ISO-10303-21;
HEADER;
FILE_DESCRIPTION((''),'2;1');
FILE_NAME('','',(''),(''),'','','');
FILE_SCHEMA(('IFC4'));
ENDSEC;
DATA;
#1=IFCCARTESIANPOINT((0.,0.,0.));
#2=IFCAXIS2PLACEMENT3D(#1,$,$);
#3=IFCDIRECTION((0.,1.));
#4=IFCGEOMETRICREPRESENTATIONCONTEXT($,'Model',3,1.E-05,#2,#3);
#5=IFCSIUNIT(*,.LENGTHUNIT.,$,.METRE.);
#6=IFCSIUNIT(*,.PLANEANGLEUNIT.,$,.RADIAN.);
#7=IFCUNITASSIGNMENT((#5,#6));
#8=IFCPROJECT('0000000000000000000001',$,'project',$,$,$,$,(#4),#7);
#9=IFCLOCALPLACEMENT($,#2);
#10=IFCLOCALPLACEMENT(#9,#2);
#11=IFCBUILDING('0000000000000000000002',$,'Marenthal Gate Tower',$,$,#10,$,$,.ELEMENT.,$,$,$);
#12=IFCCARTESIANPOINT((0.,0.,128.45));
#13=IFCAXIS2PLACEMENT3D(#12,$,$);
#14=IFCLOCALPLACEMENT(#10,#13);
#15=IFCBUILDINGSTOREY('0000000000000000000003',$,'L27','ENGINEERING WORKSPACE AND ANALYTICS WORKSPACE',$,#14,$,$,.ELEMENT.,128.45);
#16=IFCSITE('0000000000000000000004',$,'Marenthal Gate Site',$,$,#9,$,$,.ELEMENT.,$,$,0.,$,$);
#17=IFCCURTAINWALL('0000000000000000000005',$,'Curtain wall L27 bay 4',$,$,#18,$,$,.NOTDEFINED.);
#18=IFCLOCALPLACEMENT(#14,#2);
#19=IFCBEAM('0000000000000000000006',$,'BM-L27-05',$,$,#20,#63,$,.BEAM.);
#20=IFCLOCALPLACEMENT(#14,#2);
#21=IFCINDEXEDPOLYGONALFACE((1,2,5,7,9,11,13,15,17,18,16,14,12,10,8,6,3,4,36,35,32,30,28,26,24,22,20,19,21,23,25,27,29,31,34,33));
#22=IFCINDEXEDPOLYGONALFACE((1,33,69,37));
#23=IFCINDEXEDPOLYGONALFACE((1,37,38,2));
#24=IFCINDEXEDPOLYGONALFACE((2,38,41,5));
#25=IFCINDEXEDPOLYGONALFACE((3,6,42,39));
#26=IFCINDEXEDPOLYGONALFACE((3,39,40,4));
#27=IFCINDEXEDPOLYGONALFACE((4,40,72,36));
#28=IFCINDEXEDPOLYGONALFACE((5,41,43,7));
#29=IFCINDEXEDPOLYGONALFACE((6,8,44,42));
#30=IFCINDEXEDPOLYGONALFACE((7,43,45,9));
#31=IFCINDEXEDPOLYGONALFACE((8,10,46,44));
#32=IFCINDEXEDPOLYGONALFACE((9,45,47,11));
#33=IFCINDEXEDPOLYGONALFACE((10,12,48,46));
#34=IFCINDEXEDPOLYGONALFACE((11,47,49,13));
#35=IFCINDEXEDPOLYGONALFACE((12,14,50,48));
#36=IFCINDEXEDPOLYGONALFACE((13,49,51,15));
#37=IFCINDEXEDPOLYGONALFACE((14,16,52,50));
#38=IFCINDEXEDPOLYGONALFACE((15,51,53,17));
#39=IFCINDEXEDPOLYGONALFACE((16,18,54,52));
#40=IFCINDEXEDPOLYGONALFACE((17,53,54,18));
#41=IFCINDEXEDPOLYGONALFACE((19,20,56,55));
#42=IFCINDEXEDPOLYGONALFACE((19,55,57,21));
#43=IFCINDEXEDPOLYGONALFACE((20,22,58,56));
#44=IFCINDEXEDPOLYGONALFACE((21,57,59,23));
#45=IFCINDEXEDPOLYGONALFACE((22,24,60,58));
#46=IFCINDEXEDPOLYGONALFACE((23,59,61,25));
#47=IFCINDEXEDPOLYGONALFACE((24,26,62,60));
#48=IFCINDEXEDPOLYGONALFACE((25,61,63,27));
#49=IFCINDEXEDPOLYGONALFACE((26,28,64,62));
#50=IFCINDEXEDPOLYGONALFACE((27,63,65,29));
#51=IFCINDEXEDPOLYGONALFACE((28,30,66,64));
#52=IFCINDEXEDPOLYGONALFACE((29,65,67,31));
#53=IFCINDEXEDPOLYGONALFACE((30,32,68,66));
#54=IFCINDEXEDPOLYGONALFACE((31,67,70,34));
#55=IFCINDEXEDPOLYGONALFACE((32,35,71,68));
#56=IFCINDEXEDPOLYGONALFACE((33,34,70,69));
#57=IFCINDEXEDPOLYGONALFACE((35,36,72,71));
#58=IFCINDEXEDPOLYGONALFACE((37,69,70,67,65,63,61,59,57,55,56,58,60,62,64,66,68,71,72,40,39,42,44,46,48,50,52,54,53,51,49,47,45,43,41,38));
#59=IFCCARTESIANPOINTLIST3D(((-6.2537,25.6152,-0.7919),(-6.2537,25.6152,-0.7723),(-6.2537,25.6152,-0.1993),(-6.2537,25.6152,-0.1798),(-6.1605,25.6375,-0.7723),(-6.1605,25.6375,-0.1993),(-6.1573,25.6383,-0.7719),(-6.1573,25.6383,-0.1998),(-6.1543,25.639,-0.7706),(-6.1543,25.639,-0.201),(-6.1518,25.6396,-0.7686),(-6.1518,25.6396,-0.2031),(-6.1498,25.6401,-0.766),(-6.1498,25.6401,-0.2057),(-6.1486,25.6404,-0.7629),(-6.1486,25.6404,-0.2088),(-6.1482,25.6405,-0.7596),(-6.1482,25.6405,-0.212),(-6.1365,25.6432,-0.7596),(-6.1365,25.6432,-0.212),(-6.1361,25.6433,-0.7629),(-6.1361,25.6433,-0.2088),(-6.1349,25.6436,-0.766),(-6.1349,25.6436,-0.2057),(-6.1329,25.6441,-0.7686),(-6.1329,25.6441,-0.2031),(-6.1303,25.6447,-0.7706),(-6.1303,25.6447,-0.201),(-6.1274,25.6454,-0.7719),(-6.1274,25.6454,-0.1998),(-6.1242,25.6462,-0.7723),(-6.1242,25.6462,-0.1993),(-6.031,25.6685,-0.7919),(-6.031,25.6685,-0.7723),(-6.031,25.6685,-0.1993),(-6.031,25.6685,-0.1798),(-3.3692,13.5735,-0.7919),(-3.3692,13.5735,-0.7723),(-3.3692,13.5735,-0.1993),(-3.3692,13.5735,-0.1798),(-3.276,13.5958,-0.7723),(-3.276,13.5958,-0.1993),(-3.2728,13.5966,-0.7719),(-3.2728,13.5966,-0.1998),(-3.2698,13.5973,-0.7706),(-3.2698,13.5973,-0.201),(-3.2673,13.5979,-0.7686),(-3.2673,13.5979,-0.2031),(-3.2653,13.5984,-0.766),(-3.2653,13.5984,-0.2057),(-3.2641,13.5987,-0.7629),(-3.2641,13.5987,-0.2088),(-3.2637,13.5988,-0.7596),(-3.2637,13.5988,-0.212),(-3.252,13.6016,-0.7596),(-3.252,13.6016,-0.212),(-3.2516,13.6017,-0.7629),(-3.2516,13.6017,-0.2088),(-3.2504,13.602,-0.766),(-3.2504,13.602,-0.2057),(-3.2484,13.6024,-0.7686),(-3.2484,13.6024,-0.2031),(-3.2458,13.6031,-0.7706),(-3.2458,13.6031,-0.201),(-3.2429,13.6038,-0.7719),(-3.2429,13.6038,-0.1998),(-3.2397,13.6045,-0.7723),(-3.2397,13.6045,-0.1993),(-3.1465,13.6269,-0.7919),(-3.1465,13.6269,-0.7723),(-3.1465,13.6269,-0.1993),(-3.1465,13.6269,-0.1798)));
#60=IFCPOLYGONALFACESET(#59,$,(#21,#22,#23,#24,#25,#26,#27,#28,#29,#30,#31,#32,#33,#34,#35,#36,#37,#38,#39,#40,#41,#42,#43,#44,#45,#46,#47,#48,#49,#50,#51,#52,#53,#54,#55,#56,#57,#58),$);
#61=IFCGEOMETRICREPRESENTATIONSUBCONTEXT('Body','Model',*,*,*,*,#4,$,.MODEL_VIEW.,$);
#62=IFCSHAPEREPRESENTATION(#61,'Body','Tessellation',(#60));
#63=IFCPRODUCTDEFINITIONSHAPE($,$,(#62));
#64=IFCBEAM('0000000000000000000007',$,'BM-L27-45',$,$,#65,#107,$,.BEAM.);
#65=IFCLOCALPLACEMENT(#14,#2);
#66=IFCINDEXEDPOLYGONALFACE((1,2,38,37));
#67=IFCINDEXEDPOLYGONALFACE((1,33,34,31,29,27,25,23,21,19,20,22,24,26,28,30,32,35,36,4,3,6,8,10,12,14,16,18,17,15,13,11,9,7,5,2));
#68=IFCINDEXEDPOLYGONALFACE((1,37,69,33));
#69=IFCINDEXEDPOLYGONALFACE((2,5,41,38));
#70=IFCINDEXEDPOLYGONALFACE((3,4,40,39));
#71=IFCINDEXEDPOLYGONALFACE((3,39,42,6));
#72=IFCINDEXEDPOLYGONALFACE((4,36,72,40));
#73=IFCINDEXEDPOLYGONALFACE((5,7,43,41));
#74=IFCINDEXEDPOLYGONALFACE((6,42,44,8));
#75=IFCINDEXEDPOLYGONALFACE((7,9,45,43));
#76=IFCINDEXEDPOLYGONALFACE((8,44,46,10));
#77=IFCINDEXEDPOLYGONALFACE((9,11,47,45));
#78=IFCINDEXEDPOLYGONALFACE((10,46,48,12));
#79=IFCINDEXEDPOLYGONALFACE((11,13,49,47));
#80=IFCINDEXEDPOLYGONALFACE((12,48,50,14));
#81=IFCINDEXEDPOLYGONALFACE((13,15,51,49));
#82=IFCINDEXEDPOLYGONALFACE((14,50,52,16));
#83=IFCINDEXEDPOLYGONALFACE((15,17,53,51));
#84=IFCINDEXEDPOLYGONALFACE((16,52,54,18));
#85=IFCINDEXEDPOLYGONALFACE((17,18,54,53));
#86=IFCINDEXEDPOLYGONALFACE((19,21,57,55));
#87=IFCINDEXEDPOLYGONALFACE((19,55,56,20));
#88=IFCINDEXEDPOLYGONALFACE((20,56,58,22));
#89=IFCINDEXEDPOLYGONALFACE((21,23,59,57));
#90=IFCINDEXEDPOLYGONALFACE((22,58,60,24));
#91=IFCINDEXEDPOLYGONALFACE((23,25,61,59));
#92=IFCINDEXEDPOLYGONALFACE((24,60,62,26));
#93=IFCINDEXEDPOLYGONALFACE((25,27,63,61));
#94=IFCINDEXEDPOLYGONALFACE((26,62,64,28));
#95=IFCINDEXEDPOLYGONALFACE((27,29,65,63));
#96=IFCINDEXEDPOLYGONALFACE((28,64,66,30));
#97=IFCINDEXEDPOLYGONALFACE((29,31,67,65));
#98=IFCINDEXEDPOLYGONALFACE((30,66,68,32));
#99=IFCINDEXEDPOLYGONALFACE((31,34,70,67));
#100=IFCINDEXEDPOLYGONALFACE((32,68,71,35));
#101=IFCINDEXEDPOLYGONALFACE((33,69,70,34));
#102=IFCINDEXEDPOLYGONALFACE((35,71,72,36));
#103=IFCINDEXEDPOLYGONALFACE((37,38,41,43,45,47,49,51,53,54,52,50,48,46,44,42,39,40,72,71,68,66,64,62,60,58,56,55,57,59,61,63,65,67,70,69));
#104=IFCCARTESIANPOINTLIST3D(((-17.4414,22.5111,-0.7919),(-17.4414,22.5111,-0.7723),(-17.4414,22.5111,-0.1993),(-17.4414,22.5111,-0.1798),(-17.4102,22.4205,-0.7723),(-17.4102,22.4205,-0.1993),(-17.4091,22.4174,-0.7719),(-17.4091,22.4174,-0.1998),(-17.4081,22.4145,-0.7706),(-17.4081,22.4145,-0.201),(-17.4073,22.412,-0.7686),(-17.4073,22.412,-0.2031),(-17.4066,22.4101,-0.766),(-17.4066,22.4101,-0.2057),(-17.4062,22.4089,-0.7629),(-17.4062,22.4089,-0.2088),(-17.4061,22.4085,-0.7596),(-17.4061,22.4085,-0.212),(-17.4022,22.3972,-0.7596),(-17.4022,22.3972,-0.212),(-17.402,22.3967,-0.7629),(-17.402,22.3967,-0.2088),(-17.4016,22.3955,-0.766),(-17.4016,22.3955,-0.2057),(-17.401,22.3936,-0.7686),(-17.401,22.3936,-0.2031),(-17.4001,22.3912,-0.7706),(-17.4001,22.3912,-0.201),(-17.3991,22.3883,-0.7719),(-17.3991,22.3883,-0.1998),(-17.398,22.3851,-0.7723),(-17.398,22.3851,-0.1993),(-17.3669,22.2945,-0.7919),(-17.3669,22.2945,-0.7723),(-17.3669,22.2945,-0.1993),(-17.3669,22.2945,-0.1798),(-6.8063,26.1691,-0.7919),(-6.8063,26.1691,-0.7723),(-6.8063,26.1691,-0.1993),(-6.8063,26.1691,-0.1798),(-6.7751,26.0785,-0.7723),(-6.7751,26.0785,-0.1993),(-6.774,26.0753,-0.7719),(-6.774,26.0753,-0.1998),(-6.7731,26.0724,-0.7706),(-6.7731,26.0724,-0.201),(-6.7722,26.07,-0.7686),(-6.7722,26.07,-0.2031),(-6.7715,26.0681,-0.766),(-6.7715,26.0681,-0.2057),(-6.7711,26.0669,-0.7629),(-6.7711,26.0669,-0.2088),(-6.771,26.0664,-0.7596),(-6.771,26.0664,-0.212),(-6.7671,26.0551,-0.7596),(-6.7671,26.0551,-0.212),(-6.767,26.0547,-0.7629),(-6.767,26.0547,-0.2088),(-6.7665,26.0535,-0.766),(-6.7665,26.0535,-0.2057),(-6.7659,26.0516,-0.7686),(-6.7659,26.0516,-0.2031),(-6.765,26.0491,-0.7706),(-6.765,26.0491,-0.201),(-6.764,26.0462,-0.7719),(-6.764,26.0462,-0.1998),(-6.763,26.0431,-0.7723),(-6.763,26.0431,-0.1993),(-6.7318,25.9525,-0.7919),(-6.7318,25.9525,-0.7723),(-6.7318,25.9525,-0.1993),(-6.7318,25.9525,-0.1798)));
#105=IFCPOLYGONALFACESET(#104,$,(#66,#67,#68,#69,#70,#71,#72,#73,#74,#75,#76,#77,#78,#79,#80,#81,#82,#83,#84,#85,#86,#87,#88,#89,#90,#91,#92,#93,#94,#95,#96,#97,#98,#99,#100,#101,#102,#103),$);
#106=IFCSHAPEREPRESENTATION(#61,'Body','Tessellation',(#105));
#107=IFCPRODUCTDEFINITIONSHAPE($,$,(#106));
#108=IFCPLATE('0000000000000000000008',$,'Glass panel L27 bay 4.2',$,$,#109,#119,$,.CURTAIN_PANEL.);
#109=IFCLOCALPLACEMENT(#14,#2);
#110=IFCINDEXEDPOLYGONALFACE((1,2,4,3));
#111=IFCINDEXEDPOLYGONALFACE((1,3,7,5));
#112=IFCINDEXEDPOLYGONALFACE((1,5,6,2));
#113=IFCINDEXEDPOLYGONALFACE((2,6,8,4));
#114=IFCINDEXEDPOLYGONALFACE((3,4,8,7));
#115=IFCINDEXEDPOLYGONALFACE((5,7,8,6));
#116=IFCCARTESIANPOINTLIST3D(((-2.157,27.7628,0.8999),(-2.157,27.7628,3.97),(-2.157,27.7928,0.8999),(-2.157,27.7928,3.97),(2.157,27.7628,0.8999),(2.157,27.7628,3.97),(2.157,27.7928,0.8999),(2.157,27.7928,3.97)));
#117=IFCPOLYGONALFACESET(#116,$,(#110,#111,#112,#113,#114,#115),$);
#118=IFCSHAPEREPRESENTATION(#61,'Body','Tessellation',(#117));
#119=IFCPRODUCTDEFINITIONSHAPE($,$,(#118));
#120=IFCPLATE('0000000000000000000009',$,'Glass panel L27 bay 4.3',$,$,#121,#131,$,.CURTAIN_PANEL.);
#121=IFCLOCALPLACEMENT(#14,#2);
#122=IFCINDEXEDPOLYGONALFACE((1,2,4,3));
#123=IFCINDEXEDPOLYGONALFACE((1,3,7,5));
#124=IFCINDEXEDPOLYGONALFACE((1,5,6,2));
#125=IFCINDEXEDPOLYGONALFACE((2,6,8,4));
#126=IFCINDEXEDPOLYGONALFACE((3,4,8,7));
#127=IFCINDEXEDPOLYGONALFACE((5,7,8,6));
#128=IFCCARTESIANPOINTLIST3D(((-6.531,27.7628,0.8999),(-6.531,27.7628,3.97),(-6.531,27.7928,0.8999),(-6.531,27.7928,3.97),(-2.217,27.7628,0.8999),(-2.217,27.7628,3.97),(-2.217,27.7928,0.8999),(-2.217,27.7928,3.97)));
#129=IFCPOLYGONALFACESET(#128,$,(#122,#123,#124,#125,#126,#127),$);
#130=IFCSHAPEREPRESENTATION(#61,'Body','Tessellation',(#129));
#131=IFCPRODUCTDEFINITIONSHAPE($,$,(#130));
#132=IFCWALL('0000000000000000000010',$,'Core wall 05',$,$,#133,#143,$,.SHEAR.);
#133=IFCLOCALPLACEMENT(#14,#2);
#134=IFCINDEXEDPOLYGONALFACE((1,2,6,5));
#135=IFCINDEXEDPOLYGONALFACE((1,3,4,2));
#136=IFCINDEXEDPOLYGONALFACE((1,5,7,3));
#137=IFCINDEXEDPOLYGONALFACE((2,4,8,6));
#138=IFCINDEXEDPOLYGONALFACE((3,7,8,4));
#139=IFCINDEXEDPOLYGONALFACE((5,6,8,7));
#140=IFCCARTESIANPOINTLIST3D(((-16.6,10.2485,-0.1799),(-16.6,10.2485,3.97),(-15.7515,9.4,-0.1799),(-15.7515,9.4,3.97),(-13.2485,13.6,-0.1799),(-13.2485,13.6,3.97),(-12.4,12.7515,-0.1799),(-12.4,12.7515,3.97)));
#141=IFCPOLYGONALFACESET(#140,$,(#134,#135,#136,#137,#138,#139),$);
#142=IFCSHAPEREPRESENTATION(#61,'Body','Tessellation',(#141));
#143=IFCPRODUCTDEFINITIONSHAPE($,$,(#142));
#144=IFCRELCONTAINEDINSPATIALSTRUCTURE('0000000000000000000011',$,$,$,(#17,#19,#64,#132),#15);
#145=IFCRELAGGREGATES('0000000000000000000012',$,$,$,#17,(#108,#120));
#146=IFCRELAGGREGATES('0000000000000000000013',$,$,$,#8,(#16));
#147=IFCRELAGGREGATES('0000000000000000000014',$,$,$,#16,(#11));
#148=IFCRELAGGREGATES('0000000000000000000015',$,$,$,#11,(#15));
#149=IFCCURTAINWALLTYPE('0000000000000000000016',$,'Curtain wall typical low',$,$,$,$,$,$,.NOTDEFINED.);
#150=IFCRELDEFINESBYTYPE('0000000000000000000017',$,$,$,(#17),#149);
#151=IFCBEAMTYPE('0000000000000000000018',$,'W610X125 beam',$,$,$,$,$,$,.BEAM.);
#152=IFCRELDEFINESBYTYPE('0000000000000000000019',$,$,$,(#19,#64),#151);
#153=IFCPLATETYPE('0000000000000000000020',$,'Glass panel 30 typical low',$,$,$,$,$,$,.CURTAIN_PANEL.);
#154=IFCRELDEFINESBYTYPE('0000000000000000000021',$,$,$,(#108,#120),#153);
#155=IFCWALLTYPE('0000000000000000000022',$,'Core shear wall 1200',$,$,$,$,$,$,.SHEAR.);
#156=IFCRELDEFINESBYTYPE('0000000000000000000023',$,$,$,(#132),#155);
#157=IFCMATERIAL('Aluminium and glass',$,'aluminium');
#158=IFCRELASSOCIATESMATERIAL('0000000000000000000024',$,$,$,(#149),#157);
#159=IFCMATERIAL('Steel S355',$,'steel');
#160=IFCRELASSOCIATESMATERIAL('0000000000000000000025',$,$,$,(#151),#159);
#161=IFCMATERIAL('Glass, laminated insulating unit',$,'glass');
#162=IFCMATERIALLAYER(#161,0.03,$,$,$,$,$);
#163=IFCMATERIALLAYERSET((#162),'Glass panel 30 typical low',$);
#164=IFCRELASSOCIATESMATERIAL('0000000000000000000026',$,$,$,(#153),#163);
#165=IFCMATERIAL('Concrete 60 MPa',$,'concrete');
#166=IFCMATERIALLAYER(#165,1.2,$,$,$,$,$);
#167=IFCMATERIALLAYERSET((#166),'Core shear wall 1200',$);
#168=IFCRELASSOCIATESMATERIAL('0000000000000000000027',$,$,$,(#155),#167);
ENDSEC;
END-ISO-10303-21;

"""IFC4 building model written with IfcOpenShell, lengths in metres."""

from ifc_helpers import new_model, si_unit, direction, frame, frame_2d, origin, origin_2d, place, context, subcontext, project, spatial, rectangle, i_section, extrude, material, layer, layer_set, material_profile, profile_set, type_object, element, aggregate, save


model = new_model("IFC4")

# Units and contexts
model_context = context("Model", 3, precision=1e-05, world=origin(), true_north=direction((0.0, 1.0)))
body_context = subcontext(model_context, "Body", "Model", "MODEL_VIEW")
ifc_project = project(units=[si_unit("LENGTHUNIT", "METRE"), si_unit("PLANEANGLEUNIT", "RADIAN")], contexts=[model_context])

# Site, building, storey
site_placement = place(None, origin())
site = spatial("IfcSite", under=ifc_project, at=site_placement, Name="Marenthal Gate Site", CompositionType="ELEMENT", RefElevation=0.0)
building_placement = place(site_placement, origin())
building = spatial("IfcBuilding", under=site, at=building_placement, Name="Marenthal Gate Tower", CompositionType="ELEMENT")
storey_placement = place(building_placement, frame((0.0, 0.0, 128.45)))
storey = spatial("IfcBuildingStorey", under=building, at=storey_placement, Name="L27", Description="ENGINEERING WORKSPACE AND ANALYTICS WORKSPACE", CompositionType="ELEMENT", Elevation=128.45)

# Curtain wall
ifc_material_1 = material(Name="Aluminium and glass", Category="aluminium")
curtain_wall_type = type_object("IfcCurtainWallType", Name="Curtain wall typical low", PredefinedType="NOTDEFINED", material=ifc_material_1)
curtain_wall_placement = place(storey_placement, origin())
curtain_wall = element("IfcCurtainWall", 1, at=curtain_wall_placement, inside=storey, type_object=curtain_wall_type, Name="Curtain wall L27 bay 4", PredefinedType="NOTDEFINED")

# Beams
ifc_material_2 = material(Name="Steel S355", Category="steel")
ifc_material_profile_1 = material_profile(ifc_material_2, i_section(OverallWidth=0.229, OverallDepth=0.6121, WebThickness=0.012, FlangeThickness=0.0195, FilletRadius=0.0127, at=origin_2d()), Name="W610X125")
ifc_profile_set_1 = profile_set([ifc_material_profile_1], Name="Steel S355")
beam_type_1 = type_object("IfcBeamType", Name="W610X125 beam", PredefinedType="BEAM", material=ifc_profile_set_1)
beam_1_placement = place(storey_placement, frame((-6.1423, 25.6418, -0.4858), z_axis=(0.232953, -0.972488, 0.0), x_axis=(0.972488, 0.232953, 0.0)))
element("IfcBeam", 2, at=beam_1_placement, inside=storey, type_object=beam_type_1, Name="BM-L27-05", PredefinedType="BEAM", context=body_context, shape_type="SweptSolid", body=[
    extrude(i_section(OverallWidth=0.229, OverallDepth=0.6121, WebThickness=0.012, FlangeThickness=0.0195, FilletRadius=0.0127, at=origin_2d()), origin(), (0.0, 0.0, 1.0), 12.3823),
])
beam_2_placement = place(storey_placement, frame((-6.769, 26.0608, -0.4858), z_axis=(-0.945627, -0.325253, 0.0), x_axis=(0.325253, -0.945627, 0.0)))
element("IfcBeam", 3, at=beam_2_placement, inside=storey, type_object=beam_type_1, Name="BM-L27-45", PredefinedType="BEAM", context=body_context, shape_type="SweptSolid", body=[
    extrude(i_section(OverallWidth=0.229, OverallDepth=0.6121, WebThickness=0.012, FlangeThickness=0.0195, FilletRadius=0.0127, at=origin_2d()), origin(), (0.0, 0.0, 1.0), 11.2466),
])

# Plates
ifc_material_3 = material(Name="Glass, laminated insulating unit", Category="glass")
ifc_layer_1 = layer(ifc_material_3, 0.03)
ifc_layer_set_1 = layer_set([ifc_layer_1], Name="Glass panel 30 typical low")
plate_type = type_object("IfcPlateType", Name="Glass panel 30 typical low", PredefinedType="CURTAIN_PANEL", material=ifc_layer_set_1)
plate_1_placement = place(storey_placement, frame((0.0, 27.7778, 0.8999), z_axis=(0.0, 0.0, 1.0), x_axis=(-1.0, 0.0, 0.0)))
plate_1 = element("IfcPlate", 4, at=plate_1_placement, type_object=plate_type, Name="Glass panel L27 bay 4.2", PredefinedType="CURTAIN_PANEL", context=body_context, shape_type="SweptSolid", body=[
    extrude(rectangle(XDim=4.314, YDim=0.03, at=origin_2d()), origin(), (0.0, 0.0, 1.0), 3.0701),
])
plate_2_placement = place(storey_placement, frame((-4.374, 27.7778, 0.8999), z_axis=(0.0, 0.0, 1.0), x_axis=(-1.0, 0.0, 0.0)))
plate_2 = element("IfcPlate", 5, at=plate_2_placement, type_object=plate_type, Name="Glass panel L27 bay 4.3", PredefinedType="CURTAIN_PANEL", context=body_context, shape_type="SweptSolid", body=[
    extrude(rectangle(XDim=4.314, YDim=0.03, at=origin_2d()), origin(), (0.0, 0.0, 1.0), 3.0701),
])
aggregate(curtain_wall, [plate_1, plate_2])

# Wall
ifc_material_4 = material(Name="Concrete 60 MPa", Category="concrete")
ifc_layer_2 = layer(ifc_material_4, 1.2)
ifc_layer_set_2 = layer_set([ifc_layer_2], Name="Core shear wall 1200")
wall_type_1 = type_object("IfcWallType", Name="Core shear wall 1200", PredefinedType="SHEAR", material=ifc_layer_set_2)
wall_1_placement = place(storey_placement, frame((-12.8242, 13.1758, -0.1799), z_axis=(0.0, 0.0, 1.0), x_axis=(-0.707107, -0.707107, 0.0)))
element("IfcWall", 6, at=wall_1_placement, inside=storey, type_object=wall_type_1, Name="Core wall 05", PredefinedType="SHEAR", context=body_context, shape_type="SweptSolid", body=[
    extrude(rectangle(XDim=4.7397, YDim=1.2, at=frame_2d((2.3699, 0.0))), origin(), (0.0, 0.0, 1.0), 4.1499),
])

save(model, "model.ifc")
